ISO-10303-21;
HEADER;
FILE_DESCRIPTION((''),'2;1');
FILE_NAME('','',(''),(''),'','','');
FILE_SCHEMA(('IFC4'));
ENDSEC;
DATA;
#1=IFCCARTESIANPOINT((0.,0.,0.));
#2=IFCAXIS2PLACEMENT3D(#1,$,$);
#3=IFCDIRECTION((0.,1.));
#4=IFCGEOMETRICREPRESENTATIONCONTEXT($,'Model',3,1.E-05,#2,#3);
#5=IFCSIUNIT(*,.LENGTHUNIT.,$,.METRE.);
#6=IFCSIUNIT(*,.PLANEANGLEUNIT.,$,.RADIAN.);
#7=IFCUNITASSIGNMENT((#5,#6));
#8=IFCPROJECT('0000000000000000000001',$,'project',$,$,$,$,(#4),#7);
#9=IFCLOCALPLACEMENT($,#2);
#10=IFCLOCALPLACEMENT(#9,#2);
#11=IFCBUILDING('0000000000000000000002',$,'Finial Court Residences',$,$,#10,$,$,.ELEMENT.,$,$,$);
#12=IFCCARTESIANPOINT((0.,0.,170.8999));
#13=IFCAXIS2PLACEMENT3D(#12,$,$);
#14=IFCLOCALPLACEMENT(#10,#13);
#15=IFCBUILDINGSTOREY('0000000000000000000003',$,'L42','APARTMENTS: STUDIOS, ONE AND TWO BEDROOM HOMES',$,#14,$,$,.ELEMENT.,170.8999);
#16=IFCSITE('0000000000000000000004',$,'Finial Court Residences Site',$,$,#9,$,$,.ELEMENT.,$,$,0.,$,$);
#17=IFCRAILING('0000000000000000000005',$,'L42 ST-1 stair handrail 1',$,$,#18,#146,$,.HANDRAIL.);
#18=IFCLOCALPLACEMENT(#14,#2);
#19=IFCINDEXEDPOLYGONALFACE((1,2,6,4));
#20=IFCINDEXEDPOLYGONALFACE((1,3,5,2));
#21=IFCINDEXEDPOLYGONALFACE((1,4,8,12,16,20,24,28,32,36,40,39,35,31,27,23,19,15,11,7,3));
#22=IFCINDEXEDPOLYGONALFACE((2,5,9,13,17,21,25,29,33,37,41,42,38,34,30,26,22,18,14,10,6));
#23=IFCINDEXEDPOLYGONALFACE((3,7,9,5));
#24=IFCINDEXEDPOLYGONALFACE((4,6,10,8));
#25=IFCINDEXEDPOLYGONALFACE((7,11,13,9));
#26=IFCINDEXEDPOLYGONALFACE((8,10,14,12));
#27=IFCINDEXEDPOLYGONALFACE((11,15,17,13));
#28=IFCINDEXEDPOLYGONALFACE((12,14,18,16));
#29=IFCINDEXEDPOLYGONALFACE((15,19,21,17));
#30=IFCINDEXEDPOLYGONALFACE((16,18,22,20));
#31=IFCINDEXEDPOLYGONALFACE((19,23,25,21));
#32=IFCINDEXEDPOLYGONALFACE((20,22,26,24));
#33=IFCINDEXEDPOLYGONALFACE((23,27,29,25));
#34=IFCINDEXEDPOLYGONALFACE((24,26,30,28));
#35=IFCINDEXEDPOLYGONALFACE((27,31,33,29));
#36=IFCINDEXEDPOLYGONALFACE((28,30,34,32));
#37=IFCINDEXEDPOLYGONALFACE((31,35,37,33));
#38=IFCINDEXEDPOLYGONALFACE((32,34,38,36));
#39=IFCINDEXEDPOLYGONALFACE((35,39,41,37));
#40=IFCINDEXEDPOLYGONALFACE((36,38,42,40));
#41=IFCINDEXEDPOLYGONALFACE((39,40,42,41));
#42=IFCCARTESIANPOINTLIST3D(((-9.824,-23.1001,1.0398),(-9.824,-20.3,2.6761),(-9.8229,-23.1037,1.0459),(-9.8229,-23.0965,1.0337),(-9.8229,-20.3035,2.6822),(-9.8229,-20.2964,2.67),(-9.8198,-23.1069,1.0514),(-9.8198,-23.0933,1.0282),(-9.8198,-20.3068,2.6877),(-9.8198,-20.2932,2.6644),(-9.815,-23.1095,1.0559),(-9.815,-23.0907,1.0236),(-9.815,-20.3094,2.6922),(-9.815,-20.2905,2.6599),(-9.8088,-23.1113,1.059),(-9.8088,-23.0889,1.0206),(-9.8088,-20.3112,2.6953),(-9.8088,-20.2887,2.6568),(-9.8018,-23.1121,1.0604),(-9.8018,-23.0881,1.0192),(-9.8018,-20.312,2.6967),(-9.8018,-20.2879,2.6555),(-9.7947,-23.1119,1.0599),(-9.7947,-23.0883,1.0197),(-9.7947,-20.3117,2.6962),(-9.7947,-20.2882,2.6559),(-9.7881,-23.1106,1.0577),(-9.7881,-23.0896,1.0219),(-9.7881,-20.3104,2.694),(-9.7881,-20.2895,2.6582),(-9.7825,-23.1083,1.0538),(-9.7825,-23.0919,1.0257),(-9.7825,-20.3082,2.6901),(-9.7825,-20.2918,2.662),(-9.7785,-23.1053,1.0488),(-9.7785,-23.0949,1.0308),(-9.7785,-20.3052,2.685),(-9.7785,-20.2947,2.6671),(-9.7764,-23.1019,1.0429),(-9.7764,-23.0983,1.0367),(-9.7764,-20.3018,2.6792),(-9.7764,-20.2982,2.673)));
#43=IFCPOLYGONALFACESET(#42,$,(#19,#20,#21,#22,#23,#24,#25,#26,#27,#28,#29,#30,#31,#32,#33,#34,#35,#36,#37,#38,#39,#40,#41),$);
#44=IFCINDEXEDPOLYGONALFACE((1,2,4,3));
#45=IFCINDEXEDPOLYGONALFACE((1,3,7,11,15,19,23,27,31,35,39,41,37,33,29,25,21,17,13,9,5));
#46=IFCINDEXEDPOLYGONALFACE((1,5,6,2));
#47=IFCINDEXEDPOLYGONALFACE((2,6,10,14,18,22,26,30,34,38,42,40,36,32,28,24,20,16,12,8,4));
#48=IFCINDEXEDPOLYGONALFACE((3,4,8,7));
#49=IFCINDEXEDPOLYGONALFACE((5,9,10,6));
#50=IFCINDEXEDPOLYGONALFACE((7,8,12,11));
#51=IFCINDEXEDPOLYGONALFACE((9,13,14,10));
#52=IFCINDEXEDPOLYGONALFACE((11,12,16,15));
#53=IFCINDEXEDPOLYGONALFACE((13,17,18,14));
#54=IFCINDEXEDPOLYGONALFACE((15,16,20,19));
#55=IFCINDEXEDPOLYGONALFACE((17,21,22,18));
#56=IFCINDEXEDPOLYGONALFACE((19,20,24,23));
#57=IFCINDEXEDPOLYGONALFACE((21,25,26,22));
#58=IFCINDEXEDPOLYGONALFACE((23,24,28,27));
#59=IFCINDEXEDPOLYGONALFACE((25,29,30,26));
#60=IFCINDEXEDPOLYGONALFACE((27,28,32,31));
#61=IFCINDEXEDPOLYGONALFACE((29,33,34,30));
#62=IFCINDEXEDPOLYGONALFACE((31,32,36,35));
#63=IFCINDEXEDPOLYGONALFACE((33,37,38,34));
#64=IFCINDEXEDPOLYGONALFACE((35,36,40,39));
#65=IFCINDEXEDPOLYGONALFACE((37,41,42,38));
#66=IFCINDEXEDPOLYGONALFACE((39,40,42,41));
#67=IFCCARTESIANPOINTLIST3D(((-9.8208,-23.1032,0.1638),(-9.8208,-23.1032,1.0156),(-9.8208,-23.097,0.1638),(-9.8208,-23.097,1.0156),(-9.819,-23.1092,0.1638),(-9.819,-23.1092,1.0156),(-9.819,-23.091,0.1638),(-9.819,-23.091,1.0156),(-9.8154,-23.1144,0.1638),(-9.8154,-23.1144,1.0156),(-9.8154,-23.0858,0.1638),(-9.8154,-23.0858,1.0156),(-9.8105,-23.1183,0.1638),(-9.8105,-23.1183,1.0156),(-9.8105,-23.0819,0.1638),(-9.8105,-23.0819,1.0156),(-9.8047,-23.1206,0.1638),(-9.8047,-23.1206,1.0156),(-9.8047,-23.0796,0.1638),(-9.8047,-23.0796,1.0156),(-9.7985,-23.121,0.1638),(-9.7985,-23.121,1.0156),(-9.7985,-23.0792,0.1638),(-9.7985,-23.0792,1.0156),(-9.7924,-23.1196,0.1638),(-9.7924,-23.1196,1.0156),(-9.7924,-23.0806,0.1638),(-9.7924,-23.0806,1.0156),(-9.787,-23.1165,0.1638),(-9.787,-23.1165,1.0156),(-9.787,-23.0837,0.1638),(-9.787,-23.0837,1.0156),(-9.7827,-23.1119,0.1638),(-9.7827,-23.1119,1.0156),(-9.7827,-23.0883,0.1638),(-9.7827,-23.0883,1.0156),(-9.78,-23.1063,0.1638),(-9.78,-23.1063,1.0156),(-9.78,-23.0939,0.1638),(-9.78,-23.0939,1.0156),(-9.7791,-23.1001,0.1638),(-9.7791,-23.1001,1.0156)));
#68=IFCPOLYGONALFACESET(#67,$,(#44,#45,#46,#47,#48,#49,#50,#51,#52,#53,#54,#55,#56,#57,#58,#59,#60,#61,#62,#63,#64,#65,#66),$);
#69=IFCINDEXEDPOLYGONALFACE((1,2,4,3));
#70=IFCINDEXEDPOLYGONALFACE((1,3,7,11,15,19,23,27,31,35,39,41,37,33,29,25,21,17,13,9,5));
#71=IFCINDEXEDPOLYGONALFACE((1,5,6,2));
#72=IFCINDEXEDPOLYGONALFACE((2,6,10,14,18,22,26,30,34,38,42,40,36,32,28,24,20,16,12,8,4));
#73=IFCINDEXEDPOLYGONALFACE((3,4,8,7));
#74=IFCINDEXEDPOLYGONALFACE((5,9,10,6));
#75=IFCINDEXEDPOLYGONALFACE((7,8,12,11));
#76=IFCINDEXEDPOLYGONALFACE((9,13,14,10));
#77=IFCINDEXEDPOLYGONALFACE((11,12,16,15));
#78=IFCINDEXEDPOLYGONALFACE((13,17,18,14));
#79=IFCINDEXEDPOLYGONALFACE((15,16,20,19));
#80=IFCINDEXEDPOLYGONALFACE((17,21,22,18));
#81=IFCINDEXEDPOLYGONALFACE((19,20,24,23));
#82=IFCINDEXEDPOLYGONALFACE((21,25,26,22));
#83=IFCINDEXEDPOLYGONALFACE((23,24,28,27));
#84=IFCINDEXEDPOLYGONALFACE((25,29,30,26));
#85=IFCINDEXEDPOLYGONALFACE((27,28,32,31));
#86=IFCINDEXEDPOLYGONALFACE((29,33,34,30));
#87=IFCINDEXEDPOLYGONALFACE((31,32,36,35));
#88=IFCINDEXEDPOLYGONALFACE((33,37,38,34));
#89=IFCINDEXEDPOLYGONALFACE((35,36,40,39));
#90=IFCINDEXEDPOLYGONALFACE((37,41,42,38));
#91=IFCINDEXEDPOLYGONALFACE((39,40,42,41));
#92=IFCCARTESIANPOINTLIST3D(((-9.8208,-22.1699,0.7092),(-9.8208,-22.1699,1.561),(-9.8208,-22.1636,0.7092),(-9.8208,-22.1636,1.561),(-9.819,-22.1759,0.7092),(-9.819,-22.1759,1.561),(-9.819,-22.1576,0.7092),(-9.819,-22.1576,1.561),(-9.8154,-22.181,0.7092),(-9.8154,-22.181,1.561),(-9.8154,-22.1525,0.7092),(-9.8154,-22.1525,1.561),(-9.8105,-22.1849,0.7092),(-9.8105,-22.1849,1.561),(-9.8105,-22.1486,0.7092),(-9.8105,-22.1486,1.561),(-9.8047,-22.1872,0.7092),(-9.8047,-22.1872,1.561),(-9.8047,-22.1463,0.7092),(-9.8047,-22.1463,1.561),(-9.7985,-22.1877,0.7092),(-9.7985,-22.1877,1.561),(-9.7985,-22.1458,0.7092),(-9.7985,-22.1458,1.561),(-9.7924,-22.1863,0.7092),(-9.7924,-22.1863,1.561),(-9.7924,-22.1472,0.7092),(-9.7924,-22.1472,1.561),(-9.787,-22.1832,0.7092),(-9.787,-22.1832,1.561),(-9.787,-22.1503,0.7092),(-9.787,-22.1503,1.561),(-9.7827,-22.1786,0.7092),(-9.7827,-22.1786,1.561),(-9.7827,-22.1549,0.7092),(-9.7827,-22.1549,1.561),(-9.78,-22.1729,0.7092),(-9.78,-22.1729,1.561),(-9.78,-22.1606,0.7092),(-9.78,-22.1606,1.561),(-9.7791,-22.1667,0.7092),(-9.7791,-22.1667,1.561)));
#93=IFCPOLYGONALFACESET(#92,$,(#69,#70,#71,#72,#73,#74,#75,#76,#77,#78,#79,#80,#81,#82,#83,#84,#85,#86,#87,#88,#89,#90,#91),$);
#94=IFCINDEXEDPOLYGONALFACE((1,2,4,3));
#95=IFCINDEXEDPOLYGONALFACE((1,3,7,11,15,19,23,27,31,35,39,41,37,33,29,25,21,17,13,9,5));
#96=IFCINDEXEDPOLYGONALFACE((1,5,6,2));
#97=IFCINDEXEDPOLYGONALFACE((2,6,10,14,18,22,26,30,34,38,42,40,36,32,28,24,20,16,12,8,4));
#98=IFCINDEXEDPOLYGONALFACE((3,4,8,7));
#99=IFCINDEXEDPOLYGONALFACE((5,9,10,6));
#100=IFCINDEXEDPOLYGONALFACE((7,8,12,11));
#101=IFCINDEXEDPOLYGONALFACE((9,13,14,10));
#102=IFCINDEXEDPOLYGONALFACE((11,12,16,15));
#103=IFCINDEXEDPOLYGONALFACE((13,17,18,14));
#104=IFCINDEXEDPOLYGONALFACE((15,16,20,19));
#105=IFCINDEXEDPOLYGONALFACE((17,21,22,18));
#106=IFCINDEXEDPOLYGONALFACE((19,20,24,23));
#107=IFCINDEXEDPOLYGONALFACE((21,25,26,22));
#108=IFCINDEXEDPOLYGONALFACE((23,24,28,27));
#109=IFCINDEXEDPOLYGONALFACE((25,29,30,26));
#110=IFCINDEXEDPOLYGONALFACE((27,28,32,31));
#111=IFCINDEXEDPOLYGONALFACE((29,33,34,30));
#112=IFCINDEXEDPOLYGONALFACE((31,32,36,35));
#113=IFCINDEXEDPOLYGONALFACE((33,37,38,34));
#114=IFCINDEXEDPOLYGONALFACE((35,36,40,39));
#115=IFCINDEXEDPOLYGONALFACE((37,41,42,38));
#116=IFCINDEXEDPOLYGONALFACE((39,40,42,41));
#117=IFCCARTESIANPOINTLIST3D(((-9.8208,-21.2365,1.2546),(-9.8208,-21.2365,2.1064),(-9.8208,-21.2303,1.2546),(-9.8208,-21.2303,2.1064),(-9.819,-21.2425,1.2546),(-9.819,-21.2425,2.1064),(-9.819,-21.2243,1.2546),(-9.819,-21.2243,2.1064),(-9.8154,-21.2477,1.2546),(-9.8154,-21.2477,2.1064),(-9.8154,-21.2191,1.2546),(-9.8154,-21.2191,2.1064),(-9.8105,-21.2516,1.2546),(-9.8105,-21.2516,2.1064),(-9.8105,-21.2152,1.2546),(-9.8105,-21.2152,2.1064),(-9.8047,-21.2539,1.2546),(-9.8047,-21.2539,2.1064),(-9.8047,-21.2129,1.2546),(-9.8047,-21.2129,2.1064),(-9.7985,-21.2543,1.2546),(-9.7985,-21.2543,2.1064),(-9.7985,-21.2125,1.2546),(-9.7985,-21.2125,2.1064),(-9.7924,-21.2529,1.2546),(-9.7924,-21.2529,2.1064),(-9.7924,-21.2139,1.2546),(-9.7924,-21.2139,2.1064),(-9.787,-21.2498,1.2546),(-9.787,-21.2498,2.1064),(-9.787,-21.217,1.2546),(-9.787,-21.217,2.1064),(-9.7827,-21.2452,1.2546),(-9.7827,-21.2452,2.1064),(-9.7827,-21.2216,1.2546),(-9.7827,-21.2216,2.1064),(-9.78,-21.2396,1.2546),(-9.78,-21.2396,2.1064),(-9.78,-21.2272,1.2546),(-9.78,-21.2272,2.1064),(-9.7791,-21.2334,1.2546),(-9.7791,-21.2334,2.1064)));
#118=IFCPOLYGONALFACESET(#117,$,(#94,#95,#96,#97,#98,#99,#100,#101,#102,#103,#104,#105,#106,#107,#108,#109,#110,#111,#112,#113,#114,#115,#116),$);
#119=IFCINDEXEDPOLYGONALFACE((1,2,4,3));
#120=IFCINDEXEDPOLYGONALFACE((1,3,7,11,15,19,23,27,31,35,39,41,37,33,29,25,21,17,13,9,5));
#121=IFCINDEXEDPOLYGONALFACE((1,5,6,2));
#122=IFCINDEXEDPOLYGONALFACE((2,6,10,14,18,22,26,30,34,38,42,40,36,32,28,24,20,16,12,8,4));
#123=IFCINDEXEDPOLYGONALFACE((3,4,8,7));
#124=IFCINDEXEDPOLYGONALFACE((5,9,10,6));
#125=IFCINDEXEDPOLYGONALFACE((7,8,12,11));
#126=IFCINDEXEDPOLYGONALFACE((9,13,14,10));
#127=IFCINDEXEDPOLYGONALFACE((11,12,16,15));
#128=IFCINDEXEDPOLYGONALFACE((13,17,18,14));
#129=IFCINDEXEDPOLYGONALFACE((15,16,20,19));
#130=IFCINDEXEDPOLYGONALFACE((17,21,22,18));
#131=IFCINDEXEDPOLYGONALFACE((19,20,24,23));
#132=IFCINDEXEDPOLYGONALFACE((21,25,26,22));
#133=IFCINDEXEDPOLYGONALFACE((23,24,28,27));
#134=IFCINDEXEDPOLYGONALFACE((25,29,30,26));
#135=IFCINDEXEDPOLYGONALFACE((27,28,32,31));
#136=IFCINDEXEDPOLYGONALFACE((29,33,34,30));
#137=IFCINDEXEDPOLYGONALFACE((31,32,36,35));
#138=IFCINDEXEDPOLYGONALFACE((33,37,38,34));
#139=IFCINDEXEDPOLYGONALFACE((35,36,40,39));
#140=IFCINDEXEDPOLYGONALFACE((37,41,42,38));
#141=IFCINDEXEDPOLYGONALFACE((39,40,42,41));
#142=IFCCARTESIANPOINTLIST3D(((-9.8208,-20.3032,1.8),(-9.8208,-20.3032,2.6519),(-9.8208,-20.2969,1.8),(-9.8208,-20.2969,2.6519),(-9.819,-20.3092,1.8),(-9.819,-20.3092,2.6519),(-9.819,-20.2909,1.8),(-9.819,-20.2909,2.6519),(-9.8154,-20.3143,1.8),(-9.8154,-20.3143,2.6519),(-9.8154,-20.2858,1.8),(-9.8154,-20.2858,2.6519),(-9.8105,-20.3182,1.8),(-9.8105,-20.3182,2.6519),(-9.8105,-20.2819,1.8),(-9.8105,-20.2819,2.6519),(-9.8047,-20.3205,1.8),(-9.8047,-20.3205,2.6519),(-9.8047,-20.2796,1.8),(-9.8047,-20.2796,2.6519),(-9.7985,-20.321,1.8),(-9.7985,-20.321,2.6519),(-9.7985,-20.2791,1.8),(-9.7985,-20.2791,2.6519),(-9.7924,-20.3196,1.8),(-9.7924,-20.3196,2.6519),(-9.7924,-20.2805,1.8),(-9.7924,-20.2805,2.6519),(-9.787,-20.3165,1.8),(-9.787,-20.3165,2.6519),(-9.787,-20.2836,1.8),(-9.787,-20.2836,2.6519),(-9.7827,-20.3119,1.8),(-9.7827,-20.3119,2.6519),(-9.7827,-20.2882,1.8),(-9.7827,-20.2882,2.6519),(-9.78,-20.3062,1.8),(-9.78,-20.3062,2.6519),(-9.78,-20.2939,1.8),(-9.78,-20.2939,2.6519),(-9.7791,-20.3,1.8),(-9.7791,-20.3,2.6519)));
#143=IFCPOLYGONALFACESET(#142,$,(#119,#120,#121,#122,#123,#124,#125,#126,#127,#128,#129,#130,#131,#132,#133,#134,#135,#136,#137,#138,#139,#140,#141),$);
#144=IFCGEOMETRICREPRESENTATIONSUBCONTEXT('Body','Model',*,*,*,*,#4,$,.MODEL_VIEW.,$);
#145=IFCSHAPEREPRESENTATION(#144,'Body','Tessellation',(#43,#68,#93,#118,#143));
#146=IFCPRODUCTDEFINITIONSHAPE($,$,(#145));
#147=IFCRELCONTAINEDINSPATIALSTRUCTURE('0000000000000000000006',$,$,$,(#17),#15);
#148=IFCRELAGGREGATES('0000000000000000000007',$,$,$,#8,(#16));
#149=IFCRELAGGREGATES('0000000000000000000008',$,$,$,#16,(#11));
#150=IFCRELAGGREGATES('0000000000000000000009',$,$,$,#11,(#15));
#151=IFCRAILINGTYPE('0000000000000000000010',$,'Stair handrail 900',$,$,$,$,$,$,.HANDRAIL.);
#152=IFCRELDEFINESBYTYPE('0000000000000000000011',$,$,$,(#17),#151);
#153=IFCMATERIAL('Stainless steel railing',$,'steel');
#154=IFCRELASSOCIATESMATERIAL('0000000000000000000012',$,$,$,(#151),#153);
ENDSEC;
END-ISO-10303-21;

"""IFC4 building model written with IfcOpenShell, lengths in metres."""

from ifc_helpers import new_model, si_unit, direction, frame, origin, origin_2d, place, context, subcontext, project, spatial, circle, extrude, material, type_object, element, save


model = new_model("IFC4")

# Units and contexts
model_context = context("Model", 3, precision=1e-05, world=origin(), true_north=direction((0.0, 1.0)))
body_context = subcontext(model_context, "Body", "Model", "MODEL_VIEW")
ifc_project = project(units=[si_unit("LENGTHUNIT", "METRE"), si_unit("PLANEANGLEUNIT", "RADIAN")], contexts=[model_context])

# Site, building, storey
site_placement = place(None, origin())
site = spatial("IfcSite", under=ifc_project, at=site_placement, Name="Finial Court Residences Site", CompositionType="ELEMENT", RefElevation=0.0)
building_placement = place(site_placement, origin())
building = spatial("IfcBuilding", under=site, at=building_placement, Name="Finial Court Residences", CompositionType="ELEMENT")
storey_placement = place(building_placement, frame((0.0, 0.0, 170.8999)))
storey = spatial("IfcBuildingStorey", under=building, at=storey_placement, Name="L42", Description="APARTMENTS: STUDIOS, ONE AND TWO BEDROOM HOMES", CompositionType="ELEMENT", Elevation=170.8999)

# Railing
ifc_material_1 = material(Name="Stainless steel railing", Category="steel")
railing_type_1 = type_object("IfcRailingType", Name="Stair handrail 900", PredefinedType="HANDRAIL", material=ifc_material_1)
railing_1_placement = place(storey_placement, frame((-9.8, -23.1001, 0.1638)))
element("IfcRailing", 1, at=railing_1_placement, inside=storey, type_object=railing_type_1, Name="L42 ST-1 stair handrail 1", PredefinedType="HANDRAIL", context=body_context, shape_type="SweptSolid", body=[
    extrude(circle(Radius=0.0239, at=origin_2d()), frame((0.0, 0.0, 0.876), z_axis=(0.0, 0.863394, 0.504531), x_axis=(-1.0, 0.0, 0.0)), (0.0, 0.0, 1.0), 3.2432),
    extrude(circle(Radius=0.021, at=origin_2d()), origin(), (0.0, 0.0, 1.0), 0.8518),
    extrude(circle(Radius=0.021, at=origin_2d()), frame((0.0, 0.9333, 0.5454)), (0.0, 0.0, 1.0), 0.8518),
    extrude(circle(Radius=0.021, at=origin_2d()), frame((0.0, 1.8667, 1.0908)), (0.0, 0.0, 1.0), 0.8518),
    extrude(circle(Radius=0.021, at=origin_2d()), frame((0.0, 2.8, 1.6362)), (0.0, 0.0, 1.0), 0.8518),
])

save(model, "model.ifc")
